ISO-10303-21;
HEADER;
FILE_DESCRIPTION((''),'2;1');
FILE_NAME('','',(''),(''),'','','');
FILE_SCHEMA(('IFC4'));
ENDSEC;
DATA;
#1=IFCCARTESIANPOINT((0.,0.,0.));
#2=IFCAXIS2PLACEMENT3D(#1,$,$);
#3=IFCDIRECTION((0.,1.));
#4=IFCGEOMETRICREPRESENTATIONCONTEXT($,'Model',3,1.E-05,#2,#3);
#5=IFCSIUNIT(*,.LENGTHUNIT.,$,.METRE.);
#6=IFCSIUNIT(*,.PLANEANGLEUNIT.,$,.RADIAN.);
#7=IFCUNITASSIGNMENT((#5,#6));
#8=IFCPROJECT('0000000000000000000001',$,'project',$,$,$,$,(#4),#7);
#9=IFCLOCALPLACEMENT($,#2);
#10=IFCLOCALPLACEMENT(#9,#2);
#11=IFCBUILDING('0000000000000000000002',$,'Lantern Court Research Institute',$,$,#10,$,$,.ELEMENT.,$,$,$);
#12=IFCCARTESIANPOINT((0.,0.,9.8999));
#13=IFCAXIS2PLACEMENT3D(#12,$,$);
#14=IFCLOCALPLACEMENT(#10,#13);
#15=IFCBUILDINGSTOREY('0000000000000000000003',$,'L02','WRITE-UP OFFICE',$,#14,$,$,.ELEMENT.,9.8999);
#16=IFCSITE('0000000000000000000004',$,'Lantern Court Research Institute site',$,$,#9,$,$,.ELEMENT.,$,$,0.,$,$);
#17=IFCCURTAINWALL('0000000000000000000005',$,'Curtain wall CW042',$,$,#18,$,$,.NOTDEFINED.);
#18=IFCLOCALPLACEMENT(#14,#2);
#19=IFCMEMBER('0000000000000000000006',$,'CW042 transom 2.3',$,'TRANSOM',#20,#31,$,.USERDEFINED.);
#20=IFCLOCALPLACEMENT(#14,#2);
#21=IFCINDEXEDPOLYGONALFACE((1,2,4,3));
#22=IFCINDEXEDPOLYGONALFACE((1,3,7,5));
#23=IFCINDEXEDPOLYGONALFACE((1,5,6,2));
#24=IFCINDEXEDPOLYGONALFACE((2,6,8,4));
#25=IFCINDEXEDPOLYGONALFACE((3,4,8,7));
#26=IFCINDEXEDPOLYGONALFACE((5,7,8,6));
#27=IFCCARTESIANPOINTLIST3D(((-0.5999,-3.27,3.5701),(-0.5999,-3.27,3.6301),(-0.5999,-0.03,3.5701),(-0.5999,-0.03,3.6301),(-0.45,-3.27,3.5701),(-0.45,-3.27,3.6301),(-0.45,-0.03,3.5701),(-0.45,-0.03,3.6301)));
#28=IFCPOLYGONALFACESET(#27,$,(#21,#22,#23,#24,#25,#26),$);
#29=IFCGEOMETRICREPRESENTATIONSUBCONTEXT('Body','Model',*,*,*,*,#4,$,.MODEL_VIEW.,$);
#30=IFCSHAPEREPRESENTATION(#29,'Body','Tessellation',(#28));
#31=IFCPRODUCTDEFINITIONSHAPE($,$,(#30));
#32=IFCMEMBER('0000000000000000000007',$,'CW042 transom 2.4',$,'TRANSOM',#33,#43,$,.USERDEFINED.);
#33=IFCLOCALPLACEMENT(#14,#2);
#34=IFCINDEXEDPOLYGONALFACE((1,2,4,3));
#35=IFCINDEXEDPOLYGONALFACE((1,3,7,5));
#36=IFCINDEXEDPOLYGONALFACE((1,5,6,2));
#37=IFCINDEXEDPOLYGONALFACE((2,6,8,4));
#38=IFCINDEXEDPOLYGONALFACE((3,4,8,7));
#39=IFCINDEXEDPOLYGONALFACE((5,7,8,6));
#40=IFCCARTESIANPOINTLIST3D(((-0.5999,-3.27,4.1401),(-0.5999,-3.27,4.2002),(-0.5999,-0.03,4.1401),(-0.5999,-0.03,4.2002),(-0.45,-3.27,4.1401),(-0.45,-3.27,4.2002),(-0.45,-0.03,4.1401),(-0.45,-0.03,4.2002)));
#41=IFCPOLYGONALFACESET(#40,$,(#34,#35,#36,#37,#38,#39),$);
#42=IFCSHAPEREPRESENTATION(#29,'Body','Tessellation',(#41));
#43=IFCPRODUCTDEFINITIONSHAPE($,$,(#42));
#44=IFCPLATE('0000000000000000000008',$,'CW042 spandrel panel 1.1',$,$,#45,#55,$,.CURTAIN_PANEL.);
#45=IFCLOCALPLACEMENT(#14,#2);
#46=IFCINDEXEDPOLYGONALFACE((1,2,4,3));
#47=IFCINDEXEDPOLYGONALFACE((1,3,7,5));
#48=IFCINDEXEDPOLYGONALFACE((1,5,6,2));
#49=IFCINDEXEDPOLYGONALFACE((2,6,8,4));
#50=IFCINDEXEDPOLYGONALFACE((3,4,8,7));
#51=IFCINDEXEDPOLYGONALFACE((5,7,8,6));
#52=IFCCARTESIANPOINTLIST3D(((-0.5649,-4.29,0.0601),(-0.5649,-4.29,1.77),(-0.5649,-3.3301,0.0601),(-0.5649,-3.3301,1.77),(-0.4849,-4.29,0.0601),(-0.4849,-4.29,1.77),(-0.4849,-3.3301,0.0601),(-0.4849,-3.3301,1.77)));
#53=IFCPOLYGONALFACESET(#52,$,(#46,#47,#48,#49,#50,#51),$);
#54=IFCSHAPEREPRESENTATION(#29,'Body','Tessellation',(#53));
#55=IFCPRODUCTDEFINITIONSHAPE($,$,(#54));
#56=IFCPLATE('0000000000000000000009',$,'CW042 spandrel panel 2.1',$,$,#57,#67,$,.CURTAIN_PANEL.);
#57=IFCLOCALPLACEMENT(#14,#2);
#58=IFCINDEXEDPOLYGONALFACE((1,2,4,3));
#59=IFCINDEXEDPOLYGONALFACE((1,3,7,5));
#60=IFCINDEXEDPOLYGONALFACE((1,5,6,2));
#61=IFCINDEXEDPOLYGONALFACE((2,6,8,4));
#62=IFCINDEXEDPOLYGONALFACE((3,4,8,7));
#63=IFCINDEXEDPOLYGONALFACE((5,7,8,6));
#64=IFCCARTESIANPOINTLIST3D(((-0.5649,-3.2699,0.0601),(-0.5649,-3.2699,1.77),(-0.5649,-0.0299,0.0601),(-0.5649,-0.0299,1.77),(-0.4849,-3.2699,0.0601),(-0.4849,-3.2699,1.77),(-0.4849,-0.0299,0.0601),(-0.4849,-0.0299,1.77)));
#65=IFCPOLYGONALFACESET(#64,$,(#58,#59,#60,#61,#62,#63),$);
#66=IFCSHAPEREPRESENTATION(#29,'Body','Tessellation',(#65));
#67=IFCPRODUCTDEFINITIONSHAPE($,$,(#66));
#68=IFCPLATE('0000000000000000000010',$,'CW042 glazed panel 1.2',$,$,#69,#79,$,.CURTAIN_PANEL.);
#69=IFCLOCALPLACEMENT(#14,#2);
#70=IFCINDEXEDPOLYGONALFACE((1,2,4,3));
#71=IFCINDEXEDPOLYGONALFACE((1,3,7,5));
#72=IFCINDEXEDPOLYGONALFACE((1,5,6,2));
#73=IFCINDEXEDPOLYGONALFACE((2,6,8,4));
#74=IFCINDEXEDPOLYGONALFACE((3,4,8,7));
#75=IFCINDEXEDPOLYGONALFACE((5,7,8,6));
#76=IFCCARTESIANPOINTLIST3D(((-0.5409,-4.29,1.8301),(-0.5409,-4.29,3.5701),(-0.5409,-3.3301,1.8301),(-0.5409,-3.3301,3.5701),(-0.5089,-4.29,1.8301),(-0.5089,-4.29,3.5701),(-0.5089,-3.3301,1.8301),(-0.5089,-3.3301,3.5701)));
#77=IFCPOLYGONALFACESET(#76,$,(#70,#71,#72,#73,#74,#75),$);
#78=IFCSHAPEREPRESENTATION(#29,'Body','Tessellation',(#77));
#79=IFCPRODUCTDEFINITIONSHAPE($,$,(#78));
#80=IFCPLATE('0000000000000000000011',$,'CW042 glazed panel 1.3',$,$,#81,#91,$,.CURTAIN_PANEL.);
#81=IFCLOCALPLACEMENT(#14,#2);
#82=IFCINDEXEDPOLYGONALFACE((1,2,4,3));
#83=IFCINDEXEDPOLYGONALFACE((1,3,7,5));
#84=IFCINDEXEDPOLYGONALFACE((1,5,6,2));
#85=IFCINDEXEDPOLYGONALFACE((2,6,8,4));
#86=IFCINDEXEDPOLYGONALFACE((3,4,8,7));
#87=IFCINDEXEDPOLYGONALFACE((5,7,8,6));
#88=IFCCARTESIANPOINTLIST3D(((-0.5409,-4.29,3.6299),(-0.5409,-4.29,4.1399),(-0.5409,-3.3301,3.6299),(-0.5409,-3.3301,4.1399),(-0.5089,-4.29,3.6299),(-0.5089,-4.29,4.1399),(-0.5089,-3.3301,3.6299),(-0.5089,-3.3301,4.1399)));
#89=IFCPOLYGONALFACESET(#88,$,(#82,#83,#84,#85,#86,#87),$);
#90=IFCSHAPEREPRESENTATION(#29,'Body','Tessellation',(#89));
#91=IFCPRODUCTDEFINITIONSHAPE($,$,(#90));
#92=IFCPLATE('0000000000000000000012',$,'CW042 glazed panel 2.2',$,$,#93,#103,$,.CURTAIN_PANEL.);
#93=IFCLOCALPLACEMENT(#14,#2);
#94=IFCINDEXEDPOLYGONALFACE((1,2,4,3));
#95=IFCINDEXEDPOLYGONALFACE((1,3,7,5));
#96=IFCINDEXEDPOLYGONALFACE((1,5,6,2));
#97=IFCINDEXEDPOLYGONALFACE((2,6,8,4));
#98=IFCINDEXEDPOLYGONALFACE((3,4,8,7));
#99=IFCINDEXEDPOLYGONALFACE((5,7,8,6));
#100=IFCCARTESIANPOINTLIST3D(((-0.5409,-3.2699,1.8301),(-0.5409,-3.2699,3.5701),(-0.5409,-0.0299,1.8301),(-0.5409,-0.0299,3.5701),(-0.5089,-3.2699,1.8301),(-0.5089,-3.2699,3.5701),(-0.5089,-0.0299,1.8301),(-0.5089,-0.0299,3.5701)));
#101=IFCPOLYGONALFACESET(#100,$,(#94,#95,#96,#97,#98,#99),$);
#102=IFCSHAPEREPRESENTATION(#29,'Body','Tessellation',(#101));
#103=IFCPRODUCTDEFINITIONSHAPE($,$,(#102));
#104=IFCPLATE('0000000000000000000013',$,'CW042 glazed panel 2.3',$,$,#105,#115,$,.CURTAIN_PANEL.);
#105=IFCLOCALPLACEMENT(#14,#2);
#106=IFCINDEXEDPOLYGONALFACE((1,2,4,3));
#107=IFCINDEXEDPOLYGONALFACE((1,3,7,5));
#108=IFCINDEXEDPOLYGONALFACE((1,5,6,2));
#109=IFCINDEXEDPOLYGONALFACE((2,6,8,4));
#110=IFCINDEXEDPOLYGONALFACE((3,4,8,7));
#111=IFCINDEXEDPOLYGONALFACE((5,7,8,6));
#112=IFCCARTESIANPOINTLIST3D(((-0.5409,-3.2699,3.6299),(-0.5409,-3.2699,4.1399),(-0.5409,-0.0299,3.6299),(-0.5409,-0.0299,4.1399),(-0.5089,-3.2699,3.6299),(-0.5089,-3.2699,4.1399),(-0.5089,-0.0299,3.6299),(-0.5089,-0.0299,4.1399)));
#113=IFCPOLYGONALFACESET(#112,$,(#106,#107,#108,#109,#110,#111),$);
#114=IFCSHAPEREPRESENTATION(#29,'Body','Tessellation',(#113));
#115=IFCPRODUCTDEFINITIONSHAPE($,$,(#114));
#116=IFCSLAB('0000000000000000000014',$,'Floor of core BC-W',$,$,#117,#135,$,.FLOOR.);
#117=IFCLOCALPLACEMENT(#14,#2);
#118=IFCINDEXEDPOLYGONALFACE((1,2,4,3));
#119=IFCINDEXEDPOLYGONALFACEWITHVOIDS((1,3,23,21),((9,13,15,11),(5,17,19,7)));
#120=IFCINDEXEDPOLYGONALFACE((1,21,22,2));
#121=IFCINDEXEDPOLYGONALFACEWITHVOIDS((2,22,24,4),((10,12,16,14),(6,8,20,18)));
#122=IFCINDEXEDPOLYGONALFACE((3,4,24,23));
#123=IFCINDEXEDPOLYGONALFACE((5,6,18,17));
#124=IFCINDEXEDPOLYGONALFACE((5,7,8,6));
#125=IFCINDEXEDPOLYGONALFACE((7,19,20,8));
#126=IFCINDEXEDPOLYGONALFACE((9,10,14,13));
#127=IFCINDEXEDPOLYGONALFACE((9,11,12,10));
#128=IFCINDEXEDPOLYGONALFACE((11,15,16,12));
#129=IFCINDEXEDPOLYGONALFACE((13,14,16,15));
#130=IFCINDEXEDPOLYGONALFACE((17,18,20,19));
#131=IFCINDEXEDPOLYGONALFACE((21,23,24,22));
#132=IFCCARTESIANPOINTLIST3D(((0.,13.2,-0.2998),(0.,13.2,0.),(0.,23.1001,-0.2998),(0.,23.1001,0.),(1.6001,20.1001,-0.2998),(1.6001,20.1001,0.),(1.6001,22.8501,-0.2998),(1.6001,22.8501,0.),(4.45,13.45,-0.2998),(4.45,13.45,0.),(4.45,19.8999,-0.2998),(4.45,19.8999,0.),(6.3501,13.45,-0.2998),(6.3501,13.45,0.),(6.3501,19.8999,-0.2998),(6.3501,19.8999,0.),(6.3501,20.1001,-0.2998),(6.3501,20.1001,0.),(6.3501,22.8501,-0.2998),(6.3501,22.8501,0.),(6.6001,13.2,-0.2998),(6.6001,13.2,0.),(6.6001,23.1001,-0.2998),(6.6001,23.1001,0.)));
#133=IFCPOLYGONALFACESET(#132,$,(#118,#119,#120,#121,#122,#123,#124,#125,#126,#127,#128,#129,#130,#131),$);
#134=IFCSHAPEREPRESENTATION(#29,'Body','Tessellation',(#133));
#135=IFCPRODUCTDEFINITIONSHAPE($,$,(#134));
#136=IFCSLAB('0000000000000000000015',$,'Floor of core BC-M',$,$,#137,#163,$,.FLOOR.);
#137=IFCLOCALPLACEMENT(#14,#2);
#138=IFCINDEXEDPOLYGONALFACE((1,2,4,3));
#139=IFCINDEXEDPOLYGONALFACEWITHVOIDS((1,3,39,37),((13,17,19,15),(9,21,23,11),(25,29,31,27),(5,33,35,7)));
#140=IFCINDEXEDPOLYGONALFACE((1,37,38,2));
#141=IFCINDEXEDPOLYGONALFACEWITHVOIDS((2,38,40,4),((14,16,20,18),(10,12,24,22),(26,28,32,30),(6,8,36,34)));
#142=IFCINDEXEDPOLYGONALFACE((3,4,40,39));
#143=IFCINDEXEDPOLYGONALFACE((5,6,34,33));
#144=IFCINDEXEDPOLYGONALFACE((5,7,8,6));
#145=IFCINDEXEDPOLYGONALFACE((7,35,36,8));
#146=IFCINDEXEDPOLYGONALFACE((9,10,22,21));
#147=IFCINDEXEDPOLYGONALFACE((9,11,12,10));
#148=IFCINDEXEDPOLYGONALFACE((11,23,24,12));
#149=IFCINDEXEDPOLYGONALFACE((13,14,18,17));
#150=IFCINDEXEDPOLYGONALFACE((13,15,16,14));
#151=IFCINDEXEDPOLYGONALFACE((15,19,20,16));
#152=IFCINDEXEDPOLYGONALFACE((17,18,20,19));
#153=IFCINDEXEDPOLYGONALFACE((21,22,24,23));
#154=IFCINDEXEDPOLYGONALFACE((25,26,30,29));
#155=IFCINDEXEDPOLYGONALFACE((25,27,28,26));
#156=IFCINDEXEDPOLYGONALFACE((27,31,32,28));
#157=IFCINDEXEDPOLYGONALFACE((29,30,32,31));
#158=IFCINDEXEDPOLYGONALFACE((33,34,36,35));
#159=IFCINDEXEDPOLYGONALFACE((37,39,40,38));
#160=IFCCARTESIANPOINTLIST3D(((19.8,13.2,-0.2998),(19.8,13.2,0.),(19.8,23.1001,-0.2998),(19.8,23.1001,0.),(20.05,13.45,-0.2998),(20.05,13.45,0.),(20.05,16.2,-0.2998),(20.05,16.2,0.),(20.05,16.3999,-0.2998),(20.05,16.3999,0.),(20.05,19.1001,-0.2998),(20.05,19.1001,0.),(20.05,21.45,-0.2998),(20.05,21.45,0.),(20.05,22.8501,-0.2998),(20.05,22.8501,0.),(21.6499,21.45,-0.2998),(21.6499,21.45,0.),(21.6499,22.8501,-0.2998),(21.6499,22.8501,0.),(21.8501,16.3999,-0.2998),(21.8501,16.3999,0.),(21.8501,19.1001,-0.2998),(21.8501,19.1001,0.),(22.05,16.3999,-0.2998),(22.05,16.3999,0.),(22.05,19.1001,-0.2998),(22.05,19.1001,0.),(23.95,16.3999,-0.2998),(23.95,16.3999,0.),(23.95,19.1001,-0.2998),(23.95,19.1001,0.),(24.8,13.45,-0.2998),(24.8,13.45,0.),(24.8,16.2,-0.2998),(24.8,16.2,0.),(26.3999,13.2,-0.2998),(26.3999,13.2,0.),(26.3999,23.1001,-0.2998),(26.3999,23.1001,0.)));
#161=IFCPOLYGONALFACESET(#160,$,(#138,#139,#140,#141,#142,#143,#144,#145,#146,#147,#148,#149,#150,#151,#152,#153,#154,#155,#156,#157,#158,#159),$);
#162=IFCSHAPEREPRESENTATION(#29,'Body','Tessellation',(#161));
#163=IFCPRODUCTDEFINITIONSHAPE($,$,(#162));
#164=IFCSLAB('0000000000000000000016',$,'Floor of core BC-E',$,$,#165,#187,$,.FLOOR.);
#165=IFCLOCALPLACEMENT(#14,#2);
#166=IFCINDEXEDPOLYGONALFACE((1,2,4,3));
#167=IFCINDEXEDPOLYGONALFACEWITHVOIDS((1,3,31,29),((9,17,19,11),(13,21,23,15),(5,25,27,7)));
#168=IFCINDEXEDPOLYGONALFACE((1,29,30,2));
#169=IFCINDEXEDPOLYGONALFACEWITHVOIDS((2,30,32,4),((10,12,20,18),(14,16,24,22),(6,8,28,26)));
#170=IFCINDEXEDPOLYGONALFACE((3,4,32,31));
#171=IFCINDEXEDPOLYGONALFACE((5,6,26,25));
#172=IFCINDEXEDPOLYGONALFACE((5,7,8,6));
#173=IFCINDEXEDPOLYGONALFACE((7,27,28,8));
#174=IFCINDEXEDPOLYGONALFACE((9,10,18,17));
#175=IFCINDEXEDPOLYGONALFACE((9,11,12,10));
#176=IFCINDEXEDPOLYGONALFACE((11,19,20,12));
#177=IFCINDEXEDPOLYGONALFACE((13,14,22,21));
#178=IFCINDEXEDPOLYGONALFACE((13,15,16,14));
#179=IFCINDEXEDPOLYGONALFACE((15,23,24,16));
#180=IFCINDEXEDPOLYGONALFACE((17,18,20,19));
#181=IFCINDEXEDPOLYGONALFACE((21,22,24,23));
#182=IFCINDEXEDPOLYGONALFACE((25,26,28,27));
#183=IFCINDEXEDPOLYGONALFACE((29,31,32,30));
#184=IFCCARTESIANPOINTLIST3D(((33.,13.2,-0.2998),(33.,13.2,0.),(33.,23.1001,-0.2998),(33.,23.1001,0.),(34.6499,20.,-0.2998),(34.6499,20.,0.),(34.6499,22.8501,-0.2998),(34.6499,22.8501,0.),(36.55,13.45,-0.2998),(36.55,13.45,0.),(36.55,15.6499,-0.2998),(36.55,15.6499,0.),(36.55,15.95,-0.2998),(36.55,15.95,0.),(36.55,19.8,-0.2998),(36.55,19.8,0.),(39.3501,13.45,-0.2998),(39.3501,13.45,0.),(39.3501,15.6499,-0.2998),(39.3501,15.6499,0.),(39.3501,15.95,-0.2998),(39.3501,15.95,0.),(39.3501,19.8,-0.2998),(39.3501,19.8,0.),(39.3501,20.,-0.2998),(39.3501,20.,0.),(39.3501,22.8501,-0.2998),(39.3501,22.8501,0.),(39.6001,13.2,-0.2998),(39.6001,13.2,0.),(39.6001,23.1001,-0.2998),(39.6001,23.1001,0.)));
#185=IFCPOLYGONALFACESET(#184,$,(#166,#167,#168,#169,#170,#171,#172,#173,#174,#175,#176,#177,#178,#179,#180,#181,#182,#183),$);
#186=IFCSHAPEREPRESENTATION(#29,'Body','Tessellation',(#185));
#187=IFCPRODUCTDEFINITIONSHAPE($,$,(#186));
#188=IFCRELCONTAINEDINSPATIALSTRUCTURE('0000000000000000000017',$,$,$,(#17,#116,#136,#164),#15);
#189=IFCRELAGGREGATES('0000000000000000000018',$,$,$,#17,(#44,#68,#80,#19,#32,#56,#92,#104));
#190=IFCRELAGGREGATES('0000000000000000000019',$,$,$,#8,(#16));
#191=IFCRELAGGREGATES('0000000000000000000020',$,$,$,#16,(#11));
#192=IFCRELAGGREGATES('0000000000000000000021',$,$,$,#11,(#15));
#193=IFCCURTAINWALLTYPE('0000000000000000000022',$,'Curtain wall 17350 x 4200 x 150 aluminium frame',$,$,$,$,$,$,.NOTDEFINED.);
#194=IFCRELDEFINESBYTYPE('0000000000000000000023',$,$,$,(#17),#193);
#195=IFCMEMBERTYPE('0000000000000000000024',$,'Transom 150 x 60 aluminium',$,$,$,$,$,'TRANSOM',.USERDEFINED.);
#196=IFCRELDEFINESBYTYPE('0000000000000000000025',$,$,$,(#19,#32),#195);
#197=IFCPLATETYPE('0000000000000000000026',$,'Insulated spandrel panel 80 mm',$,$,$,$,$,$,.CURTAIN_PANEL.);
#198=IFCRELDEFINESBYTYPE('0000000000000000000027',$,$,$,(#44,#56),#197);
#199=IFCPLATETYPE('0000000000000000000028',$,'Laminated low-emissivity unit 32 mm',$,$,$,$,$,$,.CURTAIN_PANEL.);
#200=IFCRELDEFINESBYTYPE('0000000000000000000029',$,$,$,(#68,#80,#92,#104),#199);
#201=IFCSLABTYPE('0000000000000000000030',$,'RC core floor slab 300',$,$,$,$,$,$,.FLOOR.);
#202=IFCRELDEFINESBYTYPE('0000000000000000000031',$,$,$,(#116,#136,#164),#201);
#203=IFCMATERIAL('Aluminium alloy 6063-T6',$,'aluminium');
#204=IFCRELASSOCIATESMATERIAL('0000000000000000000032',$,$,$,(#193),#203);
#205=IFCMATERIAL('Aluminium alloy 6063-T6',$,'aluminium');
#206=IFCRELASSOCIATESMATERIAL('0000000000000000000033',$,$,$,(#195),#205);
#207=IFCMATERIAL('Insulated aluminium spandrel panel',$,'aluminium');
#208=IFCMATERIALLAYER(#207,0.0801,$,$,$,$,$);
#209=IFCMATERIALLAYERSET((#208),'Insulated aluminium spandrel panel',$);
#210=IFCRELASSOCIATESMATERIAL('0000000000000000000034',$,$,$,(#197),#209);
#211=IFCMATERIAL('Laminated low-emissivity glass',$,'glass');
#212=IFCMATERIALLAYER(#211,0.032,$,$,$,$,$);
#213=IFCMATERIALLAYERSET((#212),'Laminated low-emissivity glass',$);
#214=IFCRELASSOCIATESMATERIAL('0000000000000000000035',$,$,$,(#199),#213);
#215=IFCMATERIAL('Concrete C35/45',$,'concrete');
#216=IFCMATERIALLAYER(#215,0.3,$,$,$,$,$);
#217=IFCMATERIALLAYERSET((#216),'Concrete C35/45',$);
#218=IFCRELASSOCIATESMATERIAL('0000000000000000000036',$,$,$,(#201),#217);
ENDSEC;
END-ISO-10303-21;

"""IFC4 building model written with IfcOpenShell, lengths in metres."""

from ifc_helpers import new_model, si_unit, direction, frame, origin, origin_2d, place, context, subcontext, project, spatial, polyline, rectangle, outline, extrude, material, layer, layer_set, material_profile, profile_set, type_object, element, aggregate, save


model = new_model("IFC4")

# Units and contexts
model_context = context("Model", 3, precision=1e-05, world=origin(), true_north=direction((0.0, 1.0)))
body_context = subcontext(model_context, "Body", "Model", "MODEL_VIEW")
ifc_project = project(units=[si_unit("LENGTHUNIT", "METRE"), si_unit("PLANEANGLEUNIT", "RADIAN")], contexts=[model_context])

# Site, building, storey
site_placement = place(None, origin())
site = spatial("IfcSite", under=ifc_project, at=site_placement, Name="Lantern Court Research Institute site", CompositionType="ELEMENT", RefElevation=0.0)
building_placement = place(site_placement, origin())
building = spatial("IfcBuilding", under=site, at=building_placement, Name="Lantern Court Research Institute", CompositionType="ELEMENT")
storey_placement = place(building_placement, frame((0.0, 0.0, 9.8999)))
storey = spatial("IfcBuildingStorey", under=building, at=storey_placement, Name="L02", Description="WRITE-UP OFFICE", CompositionType="ELEMENT", Elevation=9.8999)

# Curtain wall
ifc_material_1 = material(Name="Aluminium alloy 6063-T6", Category="aluminium")
curtain_wall_type_1 = type_object("IfcCurtainWallType", Name="Curtain wall 17350 x 4200 x 150 aluminium frame", PredefinedType="NOTDEFINED", material=ifc_material_1)
curtain_wall_1_placement = place(storey_placement, origin())
curtain_wall_1 = element("IfcCurtainWall", 1, at=curtain_wall_1_placement, inside=storey, type_object=curtain_wall_type_1, Name="Curtain wall CW042", PredefinedType="NOTDEFINED")

# Members
ifc_material_2 = material(Name="Aluminium alloy 6063-T6", Category="aluminium")
ifc_material_profile_1 = material_profile(ifc_material_2, rectangle(XDim=0.1499, YDim=0.0601, at=origin_2d()), Name="Transom 150 x 60")
ifc_profile_set_1 = profile_set([ifc_material_profile_1], Name="Aluminium alloy 6063-T6")
member_type_1 = type_object("IfcMemberType", Name="Transom 150 x 60 aluminium", ElementType="TRANSOM", PredefinedType="USERDEFINED", material=ifc_profile_set_1)
member_1_placement = place(storey_placement, frame((-0.5249, -3.27, 3.6001), z_axis=(0.0, 1.0, 0.0), x_axis=(-1.0, 0.0, 0.0)))
member_1 = element("IfcMember", 2, at=member_1_placement, type_object=member_type_1, Name="CW042 transom 2.3", ObjectType="TRANSOM", PredefinedType="USERDEFINED", context=body_context, shape_type="SweptSolid", body=[
    extrude(rectangle(XDim=0.1499, YDim=0.0601, at=origin_2d()), origin(), (0.0, 0.0, 1.0), 3.24),
])
member_2_placement = place(storey_placement, frame((-0.5249, -3.27, 4.1702), z_axis=(0.0, 1.0, 0.0), x_axis=(-1.0, 0.0, 0.0)))
member_2 = element("IfcMember", 3, at=member_2_placement, type_object=member_type_1, Name="CW042 transom 2.4", ObjectType="TRANSOM", PredefinedType="USERDEFINED", context=body_context, shape_type="SweptSolid", body=[
    extrude(rectangle(XDim=0.1499, YDim=0.0601, at=origin_2d()), origin(), (0.0, 0.0, 1.0), 3.24),
])

# Plates
ifc_material_3 = material(Name="Insulated aluminium spandrel panel", Category="aluminium")
ifc_layer_1 = layer(ifc_material_3, 0.0801)
ifc_layer_set_1 = layer_set([ifc_layer_1], Name="Insulated aluminium spandrel panel")
plate_type_1 = type_object("IfcPlateType", Name="Insulated spandrel panel 80 mm", PredefinedType="CURTAIN_PANEL", material=ifc_layer_set_1)
plate_1_placement = place(storey_placement, frame((-0.5249, -3.8101, 0.0601), z_axis=(0.0, 0.0, 1.0), x_axis=(0.0, 1.0, 0.0)))
plate_1 = element("IfcPlate", 4, at=plate_1_placement, type_object=plate_type_1, Name="CW042 spandrel panel 1.1", PredefinedType="CURTAIN_PANEL", context=body_context, shape_type="SweptSolid", body=[
    extrude(rectangle(XDim=0.96, YDim=0.0801, at=origin_2d()), origin(), (0.0, 0.0, 1.0), 1.71),
])
plate_2_placement = place(storey_placement, frame((-0.5249, -1.6499, 0.0601), z_axis=(0.0, 0.0, 1.0), x_axis=(0.0, 1.0, 0.0)))
plate_2 = element("IfcPlate", 5, at=plate_2_placement, type_object=plate_type_1, Name="CW042 spandrel panel 2.1", PredefinedType="CURTAIN_PANEL", context=body_context, shape_type="SweptSolid", body=[
    extrude(rectangle(XDim=3.24, YDim=0.0801, at=origin_2d()), origin(), (0.0, 0.0, 1.0), 1.71),
])
ifc_material_4 = material(Name="Laminated low-emissivity glass", Category="glass")
ifc_layer_2 = layer(ifc_material_4, 0.032)
ifc_layer_set_2 = layer_set([ifc_layer_2], Name="Laminated low-emissivity glass")
plate_type_2 = type_object("IfcPlateType", Name="Laminated low-emissivity unit 32 mm", PredefinedType="CURTAIN_PANEL", material=ifc_layer_set_2)
plate_3_placement = place(storey_placement, frame((-0.5249, -3.8101, 1.8301), z_axis=(0.0, 0.0, 1.0), x_axis=(0.0, 1.0, 0.0)))
plate_3 = element("IfcPlate", 6, at=plate_3_placement, type_object=plate_type_2, Name="CW042 glazed panel 1.2", PredefinedType="CURTAIN_PANEL", context=body_context, shape_type="SweptSolid", body=[
    extrude(rectangle(XDim=0.96, YDim=0.032, at=origin_2d()), origin(), (0.0, 0.0, 1.0), 1.74),
])
plate_4_placement = place(storey_placement, frame((-0.5249, -3.8101, 3.6299), z_axis=(0.0, 0.0, 1.0), x_axis=(0.0, 1.0, 0.0)))
plate_4 = element("IfcPlate", 7, at=plate_4_placement, type_object=plate_type_2, Name="CW042 glazed panel 1.3", PredefinedType="CURTAIN_PANEL", context=body_context, shape_type="SweptSolid", body=[
    extrude(rectangle(XDim=0.96, YDim=0.032, at=origin_2d()), origin(), (0.0, 0.0, 1.0), 0.51),
])
plate_5_placement = place(storey_placement, frame((-0.5249, -1.6499, 1.8301), z_axis=(0.0, 0.0, 1.0), x_axis=(0.0, 1.0, 0.0)))
plate_5 = element("IfcPlate", 8, at=plate_5_placement, type_object=plate_type_2, Name="CW042 glazed panel 2.2", PredefinedType="CURTAIN_PANEL", context=body_context, shape_type="SweptSolid", body=[
    extrude(rectangle(XDim=3.24, YDim=0.032, at=origin_2d()), origin(), (0.0, 0.0, 1.0), 1.74),
])
plate_6_placement = place(storey_placement, frame((-0.5249, -1.6499, 3.6299), z_axis=(0.0, 0.0, 1.0), x_axis=(0.0, 1.0, 0.0)))
plate_6 = element("IfcPlate", 9, at=plate_6_placement, type_object=plate_type_2, Name="CW042 glazed panel 2.3", PredefinedType="CURTAIN_PANEL", context=body_context, shape_type="SweptSolid", body=[
    extrude(rectangle(XDim=3.24, YDim=0.032, at=origin_2d()), origin(), (0.0, 0.0, 1.0), 0.51),
])
aggregate(curtain_wall_1, [plate_1, plate_3, plate_4, member_1, member_2, plate_2, plate_5, plate_6])

# Slabs
ifc_material_5 = material(Name="Concrete C35/45", Category="concrete")
ifc_layer_3 = layer(ifc_material_5, 0.3)
ifc_layer_set_3 = layer_set([ifc_layer_3], Name="Concrete C35/45")
slab_type_1 = type_object("IfcSlabType", Name="RC core floor slab 300", PredefinedType="FLOOR", material=ifc_layer_set_3)
slab_1_placement = place(storey_placement, frame((0.0, 0.0, -0.2998)))
element("IfcSlab", 10, at=slab_1_placement, inside=storey, type_object=slab_type_1, Name="Floor of core BC-W", PredefinedType="FLOOR", context=body_context, shape_type="SweptSolid", body=[
    extrude(outline(polyline([(0.0, 13.2), (6.6001, 13.2), (6.6001, 23.1001), (0.0, 23.1001), (0.0, 13.2)]), holes=[polyline([(1.6001, 20.1001), (6.3501, 20.1001), (6.3501, 22.8501), (1.6001, 22.8501), (1.6001, 20.1001)]), polyline([(4.45, 13.45), (4.45, 19.8999), (6.3501, 19.8999), (6.3501, 13.45), (4.45, 13.45)])]), origin(), (0.0, 0.0, 1.0), 0.2998),
])
slab_2_placement = place(storey_placement, frame((0.0, 0.0, -0.2998)))
element("IfcSlab", 11, at=slab_2_placement, inside=storey, type_object=slab_type_1, Name="Floor of core BC-M", PredefinedType="FLOOR", context=body_context, shape_type="SweptSolid", body=[
    extrude(outline(polyline([(19.8, 13.2), (26.3999, 13.2), (26.3999, 23.1001), (19.8, 23.1001), (19.8, 13.2)]), holes=[polyline([(24.8, 16.2), (20.05, 16.2), (20.05, 13.45), (24.8, 13.45), (24.8, 16.2)]), polyline([(20.05, 16.3999), (21.8501, 16.3999), (21.8501, 19.1001), (20.05, 19.1001), (20.05, 16.3999)]), polyline([(22.05, 16.3999), (23.95, 16.3999), (23.95, 19.1001), (22.05, 19.1001), (22.05, 16.3999)]), polyline([(21.6499, 21.45), (20.05, 21.45), (20.05, 22.8501), (21.6499, 22.8501), (21.6499, 21.45)])]), origin(), (0.0, 0.0, 1.0), 0.2998),
])
slab_3_placement = place(storey_placement, frame((0.0, 0.0, -0.2998)))
element("IfcSlab", 12, at=slab_3_placement, inside=storey, type_object=slab_type_1, Name="Floor of core BC-E", PredefinedType="FLOOR", context=body_context, shape_type="SweptSolid", body=[
    extrude(outline(polyline([(33.0, 13.2), (39.6001, 13.2), (39.6001, 23.1001), (33.0, 23.1001), (33.0, 13.2)]), holes=[polyline([(34.6499, 20.0), (39.3501, 20.0), (39.3501, 22.8501), (34.6499, 22.8501), (34.6499, 20.0)]), polyline([(36.55, 13.45), (39.3501, 13.45), (39.3501, 15.6499), (36.55, 15.6499), (36.55, 13.45)]), polyline([(39.3501, 15.95), (36.55, 15.95), (36.55, 19.8), (39.3501, 19.8), (39.3501, 15.95)])]), origin(), (0.0, 0.0, 1.0), 0.2998),
])

save(model, "model.ifc")
